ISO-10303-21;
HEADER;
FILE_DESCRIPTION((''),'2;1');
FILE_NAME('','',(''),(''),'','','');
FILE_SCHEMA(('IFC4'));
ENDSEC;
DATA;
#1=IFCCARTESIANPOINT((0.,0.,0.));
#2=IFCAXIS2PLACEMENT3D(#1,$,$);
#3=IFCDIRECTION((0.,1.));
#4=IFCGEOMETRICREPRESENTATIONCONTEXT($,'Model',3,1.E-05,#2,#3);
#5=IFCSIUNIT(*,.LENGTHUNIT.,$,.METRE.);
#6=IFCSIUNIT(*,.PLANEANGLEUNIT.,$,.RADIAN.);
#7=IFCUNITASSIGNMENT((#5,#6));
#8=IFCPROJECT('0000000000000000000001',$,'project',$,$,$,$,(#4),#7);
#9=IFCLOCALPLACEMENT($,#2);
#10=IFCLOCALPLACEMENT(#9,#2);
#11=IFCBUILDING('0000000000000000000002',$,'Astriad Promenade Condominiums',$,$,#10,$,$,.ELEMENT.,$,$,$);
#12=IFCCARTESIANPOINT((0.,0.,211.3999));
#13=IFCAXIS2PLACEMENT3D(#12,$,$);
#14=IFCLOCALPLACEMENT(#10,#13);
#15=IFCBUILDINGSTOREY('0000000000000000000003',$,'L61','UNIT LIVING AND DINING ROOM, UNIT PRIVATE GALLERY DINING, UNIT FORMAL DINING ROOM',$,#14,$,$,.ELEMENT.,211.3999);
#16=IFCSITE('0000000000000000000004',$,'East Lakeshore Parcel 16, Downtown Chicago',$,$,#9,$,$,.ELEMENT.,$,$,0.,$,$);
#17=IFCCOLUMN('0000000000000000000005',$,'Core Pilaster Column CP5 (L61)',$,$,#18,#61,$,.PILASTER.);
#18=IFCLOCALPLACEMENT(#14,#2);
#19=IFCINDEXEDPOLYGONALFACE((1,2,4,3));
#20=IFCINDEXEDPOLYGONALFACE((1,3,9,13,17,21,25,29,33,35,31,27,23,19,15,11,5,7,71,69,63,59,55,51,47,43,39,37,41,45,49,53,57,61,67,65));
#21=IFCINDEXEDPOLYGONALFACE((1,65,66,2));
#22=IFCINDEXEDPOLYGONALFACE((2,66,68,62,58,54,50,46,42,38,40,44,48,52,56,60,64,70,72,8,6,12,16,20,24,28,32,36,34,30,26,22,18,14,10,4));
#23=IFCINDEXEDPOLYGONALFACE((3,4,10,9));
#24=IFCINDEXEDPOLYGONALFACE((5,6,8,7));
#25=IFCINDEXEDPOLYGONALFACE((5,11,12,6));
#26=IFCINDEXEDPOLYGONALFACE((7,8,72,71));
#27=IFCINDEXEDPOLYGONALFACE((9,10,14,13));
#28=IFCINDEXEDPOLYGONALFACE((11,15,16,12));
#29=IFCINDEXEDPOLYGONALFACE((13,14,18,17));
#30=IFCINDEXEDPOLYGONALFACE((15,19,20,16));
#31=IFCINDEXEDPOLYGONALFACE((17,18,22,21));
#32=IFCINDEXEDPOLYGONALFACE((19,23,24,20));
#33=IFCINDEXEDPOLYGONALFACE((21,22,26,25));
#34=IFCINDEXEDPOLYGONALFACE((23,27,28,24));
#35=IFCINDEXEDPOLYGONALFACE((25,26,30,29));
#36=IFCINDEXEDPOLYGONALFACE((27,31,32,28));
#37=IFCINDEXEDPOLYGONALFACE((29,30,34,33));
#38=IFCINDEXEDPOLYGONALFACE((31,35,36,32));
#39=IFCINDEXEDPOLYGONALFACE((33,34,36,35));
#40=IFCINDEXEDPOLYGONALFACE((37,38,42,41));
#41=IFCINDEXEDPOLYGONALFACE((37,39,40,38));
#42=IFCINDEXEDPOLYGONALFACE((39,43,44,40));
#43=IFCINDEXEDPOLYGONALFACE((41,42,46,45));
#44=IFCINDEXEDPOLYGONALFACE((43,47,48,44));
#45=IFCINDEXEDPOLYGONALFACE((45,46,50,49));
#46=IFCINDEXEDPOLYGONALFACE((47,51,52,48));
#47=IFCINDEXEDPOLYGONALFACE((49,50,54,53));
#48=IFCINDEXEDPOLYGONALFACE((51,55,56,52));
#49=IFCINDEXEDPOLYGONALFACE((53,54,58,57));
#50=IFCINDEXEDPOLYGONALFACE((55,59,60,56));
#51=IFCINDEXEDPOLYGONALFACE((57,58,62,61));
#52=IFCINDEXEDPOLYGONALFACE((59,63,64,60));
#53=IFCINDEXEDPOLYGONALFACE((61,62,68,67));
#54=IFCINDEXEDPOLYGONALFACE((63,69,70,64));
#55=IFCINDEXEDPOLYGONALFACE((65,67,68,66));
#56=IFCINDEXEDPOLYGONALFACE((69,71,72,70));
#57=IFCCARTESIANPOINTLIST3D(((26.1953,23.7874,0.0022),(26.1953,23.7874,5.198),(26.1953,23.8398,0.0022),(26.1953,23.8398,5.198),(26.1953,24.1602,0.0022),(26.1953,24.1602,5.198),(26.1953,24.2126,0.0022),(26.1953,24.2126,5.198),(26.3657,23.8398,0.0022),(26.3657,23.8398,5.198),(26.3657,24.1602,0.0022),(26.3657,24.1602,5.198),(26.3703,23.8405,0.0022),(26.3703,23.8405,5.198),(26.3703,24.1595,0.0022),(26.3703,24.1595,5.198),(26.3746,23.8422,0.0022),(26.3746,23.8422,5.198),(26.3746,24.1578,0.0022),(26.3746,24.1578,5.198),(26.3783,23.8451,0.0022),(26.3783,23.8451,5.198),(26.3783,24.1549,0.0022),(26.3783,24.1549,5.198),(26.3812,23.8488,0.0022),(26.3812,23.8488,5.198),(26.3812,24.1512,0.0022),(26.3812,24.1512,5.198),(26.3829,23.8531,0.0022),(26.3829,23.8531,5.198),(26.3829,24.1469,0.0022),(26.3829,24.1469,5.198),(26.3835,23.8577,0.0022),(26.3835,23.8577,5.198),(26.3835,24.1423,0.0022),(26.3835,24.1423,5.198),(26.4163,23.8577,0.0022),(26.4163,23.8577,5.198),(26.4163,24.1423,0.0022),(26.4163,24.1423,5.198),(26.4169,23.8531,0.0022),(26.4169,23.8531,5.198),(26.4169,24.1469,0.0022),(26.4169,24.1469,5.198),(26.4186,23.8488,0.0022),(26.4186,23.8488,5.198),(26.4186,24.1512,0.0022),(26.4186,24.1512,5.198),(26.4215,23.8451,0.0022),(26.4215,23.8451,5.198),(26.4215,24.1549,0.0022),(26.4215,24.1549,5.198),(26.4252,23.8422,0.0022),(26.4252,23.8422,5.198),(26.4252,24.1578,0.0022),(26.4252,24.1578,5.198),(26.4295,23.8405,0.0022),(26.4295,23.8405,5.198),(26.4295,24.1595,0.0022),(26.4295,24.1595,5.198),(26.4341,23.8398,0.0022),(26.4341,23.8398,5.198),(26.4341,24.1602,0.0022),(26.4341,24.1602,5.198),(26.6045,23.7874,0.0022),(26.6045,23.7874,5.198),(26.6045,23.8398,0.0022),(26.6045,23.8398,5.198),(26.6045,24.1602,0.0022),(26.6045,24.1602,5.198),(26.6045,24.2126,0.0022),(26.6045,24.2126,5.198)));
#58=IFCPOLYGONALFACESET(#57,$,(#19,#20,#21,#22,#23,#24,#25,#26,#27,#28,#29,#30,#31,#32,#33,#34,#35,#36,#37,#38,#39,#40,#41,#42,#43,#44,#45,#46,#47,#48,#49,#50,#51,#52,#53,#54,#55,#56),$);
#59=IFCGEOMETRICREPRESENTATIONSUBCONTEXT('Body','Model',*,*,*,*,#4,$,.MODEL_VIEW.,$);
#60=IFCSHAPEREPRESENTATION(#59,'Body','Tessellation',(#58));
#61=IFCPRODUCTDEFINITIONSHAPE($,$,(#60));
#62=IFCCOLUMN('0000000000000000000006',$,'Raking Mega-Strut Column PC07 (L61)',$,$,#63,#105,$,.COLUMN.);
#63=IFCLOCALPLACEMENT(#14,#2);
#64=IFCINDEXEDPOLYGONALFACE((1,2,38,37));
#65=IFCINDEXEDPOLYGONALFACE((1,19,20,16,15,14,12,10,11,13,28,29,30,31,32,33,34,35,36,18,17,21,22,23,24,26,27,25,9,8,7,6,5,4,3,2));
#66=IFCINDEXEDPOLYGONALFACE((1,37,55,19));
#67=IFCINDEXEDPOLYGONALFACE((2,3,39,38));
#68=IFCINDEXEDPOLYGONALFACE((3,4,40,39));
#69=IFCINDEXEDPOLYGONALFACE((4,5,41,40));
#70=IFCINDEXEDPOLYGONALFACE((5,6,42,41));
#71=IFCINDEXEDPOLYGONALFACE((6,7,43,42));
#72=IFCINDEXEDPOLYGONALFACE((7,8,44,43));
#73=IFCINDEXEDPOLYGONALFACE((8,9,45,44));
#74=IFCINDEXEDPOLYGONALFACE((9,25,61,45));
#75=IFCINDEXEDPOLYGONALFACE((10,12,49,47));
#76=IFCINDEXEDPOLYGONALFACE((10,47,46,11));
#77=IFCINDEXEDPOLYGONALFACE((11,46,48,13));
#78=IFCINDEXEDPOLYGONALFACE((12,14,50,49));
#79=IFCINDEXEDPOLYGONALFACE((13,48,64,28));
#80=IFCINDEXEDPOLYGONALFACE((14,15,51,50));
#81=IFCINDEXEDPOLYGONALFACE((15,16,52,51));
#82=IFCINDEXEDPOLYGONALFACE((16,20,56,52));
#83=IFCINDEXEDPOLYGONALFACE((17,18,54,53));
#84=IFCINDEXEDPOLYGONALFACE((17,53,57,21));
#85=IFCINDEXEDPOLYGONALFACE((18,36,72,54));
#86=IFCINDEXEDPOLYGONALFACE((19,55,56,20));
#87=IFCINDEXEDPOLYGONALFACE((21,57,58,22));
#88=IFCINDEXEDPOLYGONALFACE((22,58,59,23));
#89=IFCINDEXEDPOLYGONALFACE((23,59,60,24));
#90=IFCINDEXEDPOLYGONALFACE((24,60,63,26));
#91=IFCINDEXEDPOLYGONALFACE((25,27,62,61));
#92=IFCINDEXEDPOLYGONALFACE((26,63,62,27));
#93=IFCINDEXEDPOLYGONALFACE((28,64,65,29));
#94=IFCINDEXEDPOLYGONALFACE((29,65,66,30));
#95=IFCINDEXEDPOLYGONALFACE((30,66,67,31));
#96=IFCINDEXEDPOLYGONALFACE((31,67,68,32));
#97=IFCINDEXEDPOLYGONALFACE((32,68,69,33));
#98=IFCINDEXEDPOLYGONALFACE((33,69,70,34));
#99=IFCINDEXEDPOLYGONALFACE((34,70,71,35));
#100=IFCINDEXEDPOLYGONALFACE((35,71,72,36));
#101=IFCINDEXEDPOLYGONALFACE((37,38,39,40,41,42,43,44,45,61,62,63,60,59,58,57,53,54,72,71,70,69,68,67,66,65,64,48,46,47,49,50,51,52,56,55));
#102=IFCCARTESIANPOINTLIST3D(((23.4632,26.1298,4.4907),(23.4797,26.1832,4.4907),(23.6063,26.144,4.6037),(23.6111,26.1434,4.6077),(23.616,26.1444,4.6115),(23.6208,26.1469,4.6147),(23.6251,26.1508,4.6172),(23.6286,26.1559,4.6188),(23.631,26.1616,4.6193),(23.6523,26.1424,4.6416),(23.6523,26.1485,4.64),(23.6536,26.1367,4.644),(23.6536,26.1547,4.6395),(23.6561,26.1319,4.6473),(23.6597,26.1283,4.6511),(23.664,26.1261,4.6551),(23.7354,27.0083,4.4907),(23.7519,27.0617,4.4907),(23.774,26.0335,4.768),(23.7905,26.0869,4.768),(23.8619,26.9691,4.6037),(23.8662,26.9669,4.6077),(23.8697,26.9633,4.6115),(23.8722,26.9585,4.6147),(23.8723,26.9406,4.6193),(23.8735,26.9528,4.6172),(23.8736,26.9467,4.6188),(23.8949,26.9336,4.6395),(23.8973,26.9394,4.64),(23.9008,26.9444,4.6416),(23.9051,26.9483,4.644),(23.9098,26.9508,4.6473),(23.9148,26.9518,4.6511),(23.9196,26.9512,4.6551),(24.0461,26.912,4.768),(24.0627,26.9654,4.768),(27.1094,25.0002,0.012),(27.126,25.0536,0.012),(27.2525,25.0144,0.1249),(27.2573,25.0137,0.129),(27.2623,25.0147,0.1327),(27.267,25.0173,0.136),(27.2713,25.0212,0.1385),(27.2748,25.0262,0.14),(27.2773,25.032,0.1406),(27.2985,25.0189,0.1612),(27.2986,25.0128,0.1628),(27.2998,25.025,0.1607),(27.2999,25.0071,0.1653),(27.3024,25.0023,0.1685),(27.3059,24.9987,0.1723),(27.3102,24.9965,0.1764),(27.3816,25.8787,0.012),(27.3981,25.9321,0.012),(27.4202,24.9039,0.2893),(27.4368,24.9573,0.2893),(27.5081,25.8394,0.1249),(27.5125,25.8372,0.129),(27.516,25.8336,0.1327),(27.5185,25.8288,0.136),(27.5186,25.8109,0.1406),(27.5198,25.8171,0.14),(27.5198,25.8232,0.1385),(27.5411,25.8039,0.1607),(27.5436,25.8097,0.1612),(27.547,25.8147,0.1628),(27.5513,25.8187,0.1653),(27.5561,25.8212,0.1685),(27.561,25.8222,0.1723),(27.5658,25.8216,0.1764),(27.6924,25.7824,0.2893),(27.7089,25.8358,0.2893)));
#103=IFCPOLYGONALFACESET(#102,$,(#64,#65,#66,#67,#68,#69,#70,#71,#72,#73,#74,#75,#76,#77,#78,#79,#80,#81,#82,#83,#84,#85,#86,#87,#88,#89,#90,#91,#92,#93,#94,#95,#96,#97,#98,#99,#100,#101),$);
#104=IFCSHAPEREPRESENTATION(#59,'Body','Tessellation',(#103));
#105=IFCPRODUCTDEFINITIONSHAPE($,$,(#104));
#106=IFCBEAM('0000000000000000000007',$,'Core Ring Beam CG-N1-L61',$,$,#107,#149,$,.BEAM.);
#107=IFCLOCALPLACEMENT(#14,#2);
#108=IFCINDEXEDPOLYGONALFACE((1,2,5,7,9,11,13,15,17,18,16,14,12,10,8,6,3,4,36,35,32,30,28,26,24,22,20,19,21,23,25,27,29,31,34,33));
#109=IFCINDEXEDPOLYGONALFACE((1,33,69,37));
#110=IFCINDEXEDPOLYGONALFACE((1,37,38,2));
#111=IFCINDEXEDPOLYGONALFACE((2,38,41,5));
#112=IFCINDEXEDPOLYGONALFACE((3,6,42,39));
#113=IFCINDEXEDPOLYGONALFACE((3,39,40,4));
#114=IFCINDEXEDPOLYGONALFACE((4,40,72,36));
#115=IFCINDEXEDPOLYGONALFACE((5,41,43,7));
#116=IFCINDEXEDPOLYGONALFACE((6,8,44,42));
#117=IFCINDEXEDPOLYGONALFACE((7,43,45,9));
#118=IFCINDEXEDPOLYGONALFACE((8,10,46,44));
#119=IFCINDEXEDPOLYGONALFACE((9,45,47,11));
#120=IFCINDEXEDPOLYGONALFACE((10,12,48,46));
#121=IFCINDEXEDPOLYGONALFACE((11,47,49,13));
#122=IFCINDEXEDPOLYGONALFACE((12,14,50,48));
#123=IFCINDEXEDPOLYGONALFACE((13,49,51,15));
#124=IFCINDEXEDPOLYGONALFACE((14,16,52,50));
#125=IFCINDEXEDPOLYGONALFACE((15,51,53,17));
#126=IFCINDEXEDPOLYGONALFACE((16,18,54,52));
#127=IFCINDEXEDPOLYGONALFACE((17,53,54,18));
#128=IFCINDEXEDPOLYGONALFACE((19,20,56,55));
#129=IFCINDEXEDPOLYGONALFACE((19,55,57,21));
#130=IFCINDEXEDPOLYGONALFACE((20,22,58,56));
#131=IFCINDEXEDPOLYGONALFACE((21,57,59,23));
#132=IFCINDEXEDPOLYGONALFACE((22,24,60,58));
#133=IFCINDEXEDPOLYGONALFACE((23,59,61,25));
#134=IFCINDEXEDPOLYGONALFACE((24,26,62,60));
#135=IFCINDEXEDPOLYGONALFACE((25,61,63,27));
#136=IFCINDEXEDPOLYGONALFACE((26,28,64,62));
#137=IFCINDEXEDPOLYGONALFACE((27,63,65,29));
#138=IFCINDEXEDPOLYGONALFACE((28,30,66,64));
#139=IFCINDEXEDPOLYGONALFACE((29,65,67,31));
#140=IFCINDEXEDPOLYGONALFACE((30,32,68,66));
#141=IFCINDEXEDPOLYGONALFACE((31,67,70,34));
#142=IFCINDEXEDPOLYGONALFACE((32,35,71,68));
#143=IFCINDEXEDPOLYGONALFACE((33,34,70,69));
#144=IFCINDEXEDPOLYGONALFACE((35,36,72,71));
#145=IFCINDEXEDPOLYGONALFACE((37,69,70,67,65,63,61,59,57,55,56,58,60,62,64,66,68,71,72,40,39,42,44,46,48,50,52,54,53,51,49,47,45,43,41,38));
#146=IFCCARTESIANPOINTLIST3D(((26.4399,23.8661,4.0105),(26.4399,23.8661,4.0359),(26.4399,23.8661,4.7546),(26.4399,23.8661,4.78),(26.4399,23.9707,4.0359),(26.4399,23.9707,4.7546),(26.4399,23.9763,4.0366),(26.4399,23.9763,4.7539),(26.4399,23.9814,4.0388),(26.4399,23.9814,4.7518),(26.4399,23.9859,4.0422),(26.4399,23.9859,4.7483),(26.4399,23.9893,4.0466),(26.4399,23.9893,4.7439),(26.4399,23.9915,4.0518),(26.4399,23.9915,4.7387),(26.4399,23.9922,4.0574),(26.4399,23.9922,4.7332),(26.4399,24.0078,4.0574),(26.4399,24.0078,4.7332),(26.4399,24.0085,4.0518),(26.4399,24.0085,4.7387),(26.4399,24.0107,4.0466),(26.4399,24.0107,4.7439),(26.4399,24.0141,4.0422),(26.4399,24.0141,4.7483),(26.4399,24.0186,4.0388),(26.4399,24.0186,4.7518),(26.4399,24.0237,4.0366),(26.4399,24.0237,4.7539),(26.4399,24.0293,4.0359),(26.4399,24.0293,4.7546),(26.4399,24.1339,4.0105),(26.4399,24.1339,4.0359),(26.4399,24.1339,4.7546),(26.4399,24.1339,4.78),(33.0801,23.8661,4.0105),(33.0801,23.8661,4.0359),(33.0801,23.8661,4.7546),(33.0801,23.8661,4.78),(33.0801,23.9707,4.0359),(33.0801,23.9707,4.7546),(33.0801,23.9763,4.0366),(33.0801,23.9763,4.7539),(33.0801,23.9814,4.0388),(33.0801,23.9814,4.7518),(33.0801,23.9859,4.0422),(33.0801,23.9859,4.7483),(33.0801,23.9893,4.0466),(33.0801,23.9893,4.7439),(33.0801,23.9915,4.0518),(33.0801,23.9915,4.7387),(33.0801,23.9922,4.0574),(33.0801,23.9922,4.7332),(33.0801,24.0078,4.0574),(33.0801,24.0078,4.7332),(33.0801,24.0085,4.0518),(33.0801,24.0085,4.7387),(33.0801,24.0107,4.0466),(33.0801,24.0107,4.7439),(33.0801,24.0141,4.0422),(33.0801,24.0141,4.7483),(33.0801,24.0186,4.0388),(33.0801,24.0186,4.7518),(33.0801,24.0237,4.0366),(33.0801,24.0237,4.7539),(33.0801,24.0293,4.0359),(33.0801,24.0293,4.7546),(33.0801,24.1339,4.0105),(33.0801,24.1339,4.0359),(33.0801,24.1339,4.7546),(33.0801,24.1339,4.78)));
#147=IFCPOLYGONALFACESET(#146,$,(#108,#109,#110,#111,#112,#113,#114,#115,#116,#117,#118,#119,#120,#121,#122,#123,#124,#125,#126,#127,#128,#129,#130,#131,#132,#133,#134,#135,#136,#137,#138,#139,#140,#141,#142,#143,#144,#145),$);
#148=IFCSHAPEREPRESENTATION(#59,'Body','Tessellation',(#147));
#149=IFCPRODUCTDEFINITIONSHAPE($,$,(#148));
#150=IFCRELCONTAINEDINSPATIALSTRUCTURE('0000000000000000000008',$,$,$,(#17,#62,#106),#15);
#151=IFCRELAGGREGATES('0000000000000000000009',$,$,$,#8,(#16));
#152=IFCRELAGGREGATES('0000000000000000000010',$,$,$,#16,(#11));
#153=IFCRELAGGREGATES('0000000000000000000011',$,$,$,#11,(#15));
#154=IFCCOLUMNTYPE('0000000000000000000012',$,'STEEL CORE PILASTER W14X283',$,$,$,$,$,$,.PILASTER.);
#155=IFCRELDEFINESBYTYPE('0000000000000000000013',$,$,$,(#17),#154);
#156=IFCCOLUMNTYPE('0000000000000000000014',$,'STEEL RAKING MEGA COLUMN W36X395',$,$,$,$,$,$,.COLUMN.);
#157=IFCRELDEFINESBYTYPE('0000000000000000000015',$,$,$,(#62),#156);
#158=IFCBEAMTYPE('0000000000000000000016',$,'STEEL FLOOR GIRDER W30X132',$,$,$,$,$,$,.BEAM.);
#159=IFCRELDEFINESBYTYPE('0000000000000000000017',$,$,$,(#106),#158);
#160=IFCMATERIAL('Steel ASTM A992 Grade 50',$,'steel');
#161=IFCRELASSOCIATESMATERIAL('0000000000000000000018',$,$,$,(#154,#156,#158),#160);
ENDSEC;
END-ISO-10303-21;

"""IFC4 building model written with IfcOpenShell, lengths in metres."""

from ifc_helpers import new_model, si_unit, direction, frame, origin, origin_2d, place, context, subcontext, project, spatial, i_section, extrude, source, transform, mapped, material, material_profile, profile_set, type_object, type_shapes, element, save


model = new_model("IFC4")

# Units and contexts
model_context = context("Model", 3, precision=1e-05, world=origin(), true_north=direction((0.0, 1.0)))
body_context = subcontext(model_context, "Body", "Model", "MODEL_VIEW")
ifc_project = project(units=[si_unit("LENGTHUNIT", "METRE"), si_unit("PLANEANGLEUNIT", "RADIAN")], contexts=[model_context])

# Site, building, storey
site_placement = place(None, origin())
site = spatial("IfcSite", under=ifc_project, at=site_placement, Name="East Lakeshore Parcel 16, Downtown Chicago", CompositionType="ELEMENT", RefElevation=0.0)
building_placement = place(site_placement, origin())
building = spatial("IfcBuilding", under=site, at=building_placement, Name="Astriad Promenade Condominiums", CompositionType="ELEMENT")
storey_placement = place(building_placement, frame((0.0, 0.0, 211.3999)))
storey = spatial("IfcBuildingStorey", under=building, at=storey_placement, Name="L61", Description="UNIT LIVING AND DINING ROOM, UNIT PRIVATE GALLERY DINING, UNIT FORMAL DINING ROOM", CompositionType="ELEMENT", Elevation=211.3999)

# Columns
ifc_material_1 = material(Name="Steel ASTM A992 Grade 50", Category="steel")
ifc_material_profile_1 = material_profile(ifc_material_1, i_section(OverallWidth=0.4092, OverallDepth=0.4253, WebThickness=0.0327, FlangeThickness=0.0525, FilletRadius=0.0178, at=origin_2d()), Name="W14X283")
ifc_profile_set_1 = profile_set([ifc_material_profile_1], Name="Steel ASTM A992 Grade 50")
column_type_1 = type_object("IfcColumnType", Name="STEEL CORE PILASTER W14X283", PredefinedType="PILASTER", material=ifc_profile_set_1)
shared_shape_1 = source(origin(), body_context, "Body", "SweptSolid", [
    extrude(i_section(OverallWidth=0.4092, OverallDepth=0.4253, WebThickness=0.0327, FlangeThickness=0.0525, FilletRadius=0.0178, at=origin_2d()), origin(), (0.0, 0.0, 1.0), 5.1958),
])
type_shapes(column_type_1, [shared_shape_1])
column_1_placement = place(storey_placement, frame((26.3999, 24.0, 0.0022), z_axis=(0.0, 0.0, 1.0), x_axis=(1.0, 0.0, 0.0)))
element("IfcColumn", 1, at=column_1_placement, inside=storey, type_object=column_type_1, Name="Core Pilaster Column CP5 (L61)", PredefinedType="PILASTER", context=body_context, shape_type="MappedRepresentation", body=[
    mapped(shared_shape_1, transform((0.0, 0.0, 0.0), scale=1.0)),
])
ifc_material_profile_2 = material_profile(ifc_material_1, i_section(OverallWidth=0.4275, OverallDepth=0.9756, WebThickness=0.031, FlangeThickness=0.0559, FilletRadius=0.0242, at=origin_2d()), Name="W36X395")
ifc_profile_set_2 = profile_set([ifc_material_profile_2], Name="Steel ASTM A992 Grade 50")
column_type_2 = type_object("IfcColumnType", Name="STEEL RAKING MEGA COLUMN W36X395", PredefinedType="COLUMN", material=ifc_profile_set_2)
shared_shape_2 = source(origin(), body_context, "Body", "SweptSolid", [
    extrude(i_section(OverallWidth=0.4275, OverallDepth=0.9756, WebThickness=0.031, FlangeThickness=0.0559, FilletRadius=0.0242, at=origin_2d()), origin(), (0.0, 0.0, 1.0), 5.8848),
])
type_shapes(column_type_2, [shared_shape_2])
column_2_placement = place(storey_placement, frame((27.4092, 25.418, 0.1506), z_axis=(-0.619607, 0.19196, 0.761077), x_axis=(0.726988, -0.225227, 0.648661)))
element("IfcColumn", 2, at=column_2_placement, inside=storey, type_object=column_type_2, Name="Raking Mega-Strut Column PC07 (L61)", PredefinedType="COLUMN", context=body_context, shape_type="MappedRepresentation", body=[
    mapped(shared_shape_2, transform((0.0, 0.0, 0.0), scale=1.0)),
])

# Beam
ifc_material_profile_3 = material_profile(ifc_material_1, i_section(OverallWidth=0.2678, OverallDepth=0.7695, WebThickness=0.0156, FlangeThickness=0.0254, FilletRadius=0.0215, at=origin_2d()), Name="W30X132")
ifc_profile_set_3 = profile_set([ifc_material_profile_3], Name="Steel ASTM A992 Grade 50")
beam_type = type_object("IfcBeamType", Name="STEEL FLOOR GIRDER W30X132", PredefinedType="BEAM", material=ifc_profile_set_3)
shared_shape_3 = source(origin(), body_context, "Body", "SweptSolid", [
    extrude(i_section(OverallWidth=0.2678, OverallDepth=0.7695, WebThickness=0.0156, FlangeThickness=0.0254, FilletRadius=0.0215, at=origin_2d()), origin(), (0.0, 0.0, 1.0), 6.6401),
])
type_shapes(beam_type, [shared_shape_3])
beam_placement = place(storey_placement, frame((26.4399, 24.0, 4.3953), z_axis=(1.0, 0.0, 0.0), x_axis=(0.0, 1.0, 0.0)))
element("IfcBeam", 3, at=beam_placement, inside=storey, type_object=beam_type, Name="Core Ring Beam CG-N1-L61", PredefinedType="BEAM", context=body_context, shape_type="MappedRepresentation", body=[
    mapped(shared_shape_3, transform((0.0, 0.0, 0.0), scale=1.0)),
])

save(model, "model.ifc")
